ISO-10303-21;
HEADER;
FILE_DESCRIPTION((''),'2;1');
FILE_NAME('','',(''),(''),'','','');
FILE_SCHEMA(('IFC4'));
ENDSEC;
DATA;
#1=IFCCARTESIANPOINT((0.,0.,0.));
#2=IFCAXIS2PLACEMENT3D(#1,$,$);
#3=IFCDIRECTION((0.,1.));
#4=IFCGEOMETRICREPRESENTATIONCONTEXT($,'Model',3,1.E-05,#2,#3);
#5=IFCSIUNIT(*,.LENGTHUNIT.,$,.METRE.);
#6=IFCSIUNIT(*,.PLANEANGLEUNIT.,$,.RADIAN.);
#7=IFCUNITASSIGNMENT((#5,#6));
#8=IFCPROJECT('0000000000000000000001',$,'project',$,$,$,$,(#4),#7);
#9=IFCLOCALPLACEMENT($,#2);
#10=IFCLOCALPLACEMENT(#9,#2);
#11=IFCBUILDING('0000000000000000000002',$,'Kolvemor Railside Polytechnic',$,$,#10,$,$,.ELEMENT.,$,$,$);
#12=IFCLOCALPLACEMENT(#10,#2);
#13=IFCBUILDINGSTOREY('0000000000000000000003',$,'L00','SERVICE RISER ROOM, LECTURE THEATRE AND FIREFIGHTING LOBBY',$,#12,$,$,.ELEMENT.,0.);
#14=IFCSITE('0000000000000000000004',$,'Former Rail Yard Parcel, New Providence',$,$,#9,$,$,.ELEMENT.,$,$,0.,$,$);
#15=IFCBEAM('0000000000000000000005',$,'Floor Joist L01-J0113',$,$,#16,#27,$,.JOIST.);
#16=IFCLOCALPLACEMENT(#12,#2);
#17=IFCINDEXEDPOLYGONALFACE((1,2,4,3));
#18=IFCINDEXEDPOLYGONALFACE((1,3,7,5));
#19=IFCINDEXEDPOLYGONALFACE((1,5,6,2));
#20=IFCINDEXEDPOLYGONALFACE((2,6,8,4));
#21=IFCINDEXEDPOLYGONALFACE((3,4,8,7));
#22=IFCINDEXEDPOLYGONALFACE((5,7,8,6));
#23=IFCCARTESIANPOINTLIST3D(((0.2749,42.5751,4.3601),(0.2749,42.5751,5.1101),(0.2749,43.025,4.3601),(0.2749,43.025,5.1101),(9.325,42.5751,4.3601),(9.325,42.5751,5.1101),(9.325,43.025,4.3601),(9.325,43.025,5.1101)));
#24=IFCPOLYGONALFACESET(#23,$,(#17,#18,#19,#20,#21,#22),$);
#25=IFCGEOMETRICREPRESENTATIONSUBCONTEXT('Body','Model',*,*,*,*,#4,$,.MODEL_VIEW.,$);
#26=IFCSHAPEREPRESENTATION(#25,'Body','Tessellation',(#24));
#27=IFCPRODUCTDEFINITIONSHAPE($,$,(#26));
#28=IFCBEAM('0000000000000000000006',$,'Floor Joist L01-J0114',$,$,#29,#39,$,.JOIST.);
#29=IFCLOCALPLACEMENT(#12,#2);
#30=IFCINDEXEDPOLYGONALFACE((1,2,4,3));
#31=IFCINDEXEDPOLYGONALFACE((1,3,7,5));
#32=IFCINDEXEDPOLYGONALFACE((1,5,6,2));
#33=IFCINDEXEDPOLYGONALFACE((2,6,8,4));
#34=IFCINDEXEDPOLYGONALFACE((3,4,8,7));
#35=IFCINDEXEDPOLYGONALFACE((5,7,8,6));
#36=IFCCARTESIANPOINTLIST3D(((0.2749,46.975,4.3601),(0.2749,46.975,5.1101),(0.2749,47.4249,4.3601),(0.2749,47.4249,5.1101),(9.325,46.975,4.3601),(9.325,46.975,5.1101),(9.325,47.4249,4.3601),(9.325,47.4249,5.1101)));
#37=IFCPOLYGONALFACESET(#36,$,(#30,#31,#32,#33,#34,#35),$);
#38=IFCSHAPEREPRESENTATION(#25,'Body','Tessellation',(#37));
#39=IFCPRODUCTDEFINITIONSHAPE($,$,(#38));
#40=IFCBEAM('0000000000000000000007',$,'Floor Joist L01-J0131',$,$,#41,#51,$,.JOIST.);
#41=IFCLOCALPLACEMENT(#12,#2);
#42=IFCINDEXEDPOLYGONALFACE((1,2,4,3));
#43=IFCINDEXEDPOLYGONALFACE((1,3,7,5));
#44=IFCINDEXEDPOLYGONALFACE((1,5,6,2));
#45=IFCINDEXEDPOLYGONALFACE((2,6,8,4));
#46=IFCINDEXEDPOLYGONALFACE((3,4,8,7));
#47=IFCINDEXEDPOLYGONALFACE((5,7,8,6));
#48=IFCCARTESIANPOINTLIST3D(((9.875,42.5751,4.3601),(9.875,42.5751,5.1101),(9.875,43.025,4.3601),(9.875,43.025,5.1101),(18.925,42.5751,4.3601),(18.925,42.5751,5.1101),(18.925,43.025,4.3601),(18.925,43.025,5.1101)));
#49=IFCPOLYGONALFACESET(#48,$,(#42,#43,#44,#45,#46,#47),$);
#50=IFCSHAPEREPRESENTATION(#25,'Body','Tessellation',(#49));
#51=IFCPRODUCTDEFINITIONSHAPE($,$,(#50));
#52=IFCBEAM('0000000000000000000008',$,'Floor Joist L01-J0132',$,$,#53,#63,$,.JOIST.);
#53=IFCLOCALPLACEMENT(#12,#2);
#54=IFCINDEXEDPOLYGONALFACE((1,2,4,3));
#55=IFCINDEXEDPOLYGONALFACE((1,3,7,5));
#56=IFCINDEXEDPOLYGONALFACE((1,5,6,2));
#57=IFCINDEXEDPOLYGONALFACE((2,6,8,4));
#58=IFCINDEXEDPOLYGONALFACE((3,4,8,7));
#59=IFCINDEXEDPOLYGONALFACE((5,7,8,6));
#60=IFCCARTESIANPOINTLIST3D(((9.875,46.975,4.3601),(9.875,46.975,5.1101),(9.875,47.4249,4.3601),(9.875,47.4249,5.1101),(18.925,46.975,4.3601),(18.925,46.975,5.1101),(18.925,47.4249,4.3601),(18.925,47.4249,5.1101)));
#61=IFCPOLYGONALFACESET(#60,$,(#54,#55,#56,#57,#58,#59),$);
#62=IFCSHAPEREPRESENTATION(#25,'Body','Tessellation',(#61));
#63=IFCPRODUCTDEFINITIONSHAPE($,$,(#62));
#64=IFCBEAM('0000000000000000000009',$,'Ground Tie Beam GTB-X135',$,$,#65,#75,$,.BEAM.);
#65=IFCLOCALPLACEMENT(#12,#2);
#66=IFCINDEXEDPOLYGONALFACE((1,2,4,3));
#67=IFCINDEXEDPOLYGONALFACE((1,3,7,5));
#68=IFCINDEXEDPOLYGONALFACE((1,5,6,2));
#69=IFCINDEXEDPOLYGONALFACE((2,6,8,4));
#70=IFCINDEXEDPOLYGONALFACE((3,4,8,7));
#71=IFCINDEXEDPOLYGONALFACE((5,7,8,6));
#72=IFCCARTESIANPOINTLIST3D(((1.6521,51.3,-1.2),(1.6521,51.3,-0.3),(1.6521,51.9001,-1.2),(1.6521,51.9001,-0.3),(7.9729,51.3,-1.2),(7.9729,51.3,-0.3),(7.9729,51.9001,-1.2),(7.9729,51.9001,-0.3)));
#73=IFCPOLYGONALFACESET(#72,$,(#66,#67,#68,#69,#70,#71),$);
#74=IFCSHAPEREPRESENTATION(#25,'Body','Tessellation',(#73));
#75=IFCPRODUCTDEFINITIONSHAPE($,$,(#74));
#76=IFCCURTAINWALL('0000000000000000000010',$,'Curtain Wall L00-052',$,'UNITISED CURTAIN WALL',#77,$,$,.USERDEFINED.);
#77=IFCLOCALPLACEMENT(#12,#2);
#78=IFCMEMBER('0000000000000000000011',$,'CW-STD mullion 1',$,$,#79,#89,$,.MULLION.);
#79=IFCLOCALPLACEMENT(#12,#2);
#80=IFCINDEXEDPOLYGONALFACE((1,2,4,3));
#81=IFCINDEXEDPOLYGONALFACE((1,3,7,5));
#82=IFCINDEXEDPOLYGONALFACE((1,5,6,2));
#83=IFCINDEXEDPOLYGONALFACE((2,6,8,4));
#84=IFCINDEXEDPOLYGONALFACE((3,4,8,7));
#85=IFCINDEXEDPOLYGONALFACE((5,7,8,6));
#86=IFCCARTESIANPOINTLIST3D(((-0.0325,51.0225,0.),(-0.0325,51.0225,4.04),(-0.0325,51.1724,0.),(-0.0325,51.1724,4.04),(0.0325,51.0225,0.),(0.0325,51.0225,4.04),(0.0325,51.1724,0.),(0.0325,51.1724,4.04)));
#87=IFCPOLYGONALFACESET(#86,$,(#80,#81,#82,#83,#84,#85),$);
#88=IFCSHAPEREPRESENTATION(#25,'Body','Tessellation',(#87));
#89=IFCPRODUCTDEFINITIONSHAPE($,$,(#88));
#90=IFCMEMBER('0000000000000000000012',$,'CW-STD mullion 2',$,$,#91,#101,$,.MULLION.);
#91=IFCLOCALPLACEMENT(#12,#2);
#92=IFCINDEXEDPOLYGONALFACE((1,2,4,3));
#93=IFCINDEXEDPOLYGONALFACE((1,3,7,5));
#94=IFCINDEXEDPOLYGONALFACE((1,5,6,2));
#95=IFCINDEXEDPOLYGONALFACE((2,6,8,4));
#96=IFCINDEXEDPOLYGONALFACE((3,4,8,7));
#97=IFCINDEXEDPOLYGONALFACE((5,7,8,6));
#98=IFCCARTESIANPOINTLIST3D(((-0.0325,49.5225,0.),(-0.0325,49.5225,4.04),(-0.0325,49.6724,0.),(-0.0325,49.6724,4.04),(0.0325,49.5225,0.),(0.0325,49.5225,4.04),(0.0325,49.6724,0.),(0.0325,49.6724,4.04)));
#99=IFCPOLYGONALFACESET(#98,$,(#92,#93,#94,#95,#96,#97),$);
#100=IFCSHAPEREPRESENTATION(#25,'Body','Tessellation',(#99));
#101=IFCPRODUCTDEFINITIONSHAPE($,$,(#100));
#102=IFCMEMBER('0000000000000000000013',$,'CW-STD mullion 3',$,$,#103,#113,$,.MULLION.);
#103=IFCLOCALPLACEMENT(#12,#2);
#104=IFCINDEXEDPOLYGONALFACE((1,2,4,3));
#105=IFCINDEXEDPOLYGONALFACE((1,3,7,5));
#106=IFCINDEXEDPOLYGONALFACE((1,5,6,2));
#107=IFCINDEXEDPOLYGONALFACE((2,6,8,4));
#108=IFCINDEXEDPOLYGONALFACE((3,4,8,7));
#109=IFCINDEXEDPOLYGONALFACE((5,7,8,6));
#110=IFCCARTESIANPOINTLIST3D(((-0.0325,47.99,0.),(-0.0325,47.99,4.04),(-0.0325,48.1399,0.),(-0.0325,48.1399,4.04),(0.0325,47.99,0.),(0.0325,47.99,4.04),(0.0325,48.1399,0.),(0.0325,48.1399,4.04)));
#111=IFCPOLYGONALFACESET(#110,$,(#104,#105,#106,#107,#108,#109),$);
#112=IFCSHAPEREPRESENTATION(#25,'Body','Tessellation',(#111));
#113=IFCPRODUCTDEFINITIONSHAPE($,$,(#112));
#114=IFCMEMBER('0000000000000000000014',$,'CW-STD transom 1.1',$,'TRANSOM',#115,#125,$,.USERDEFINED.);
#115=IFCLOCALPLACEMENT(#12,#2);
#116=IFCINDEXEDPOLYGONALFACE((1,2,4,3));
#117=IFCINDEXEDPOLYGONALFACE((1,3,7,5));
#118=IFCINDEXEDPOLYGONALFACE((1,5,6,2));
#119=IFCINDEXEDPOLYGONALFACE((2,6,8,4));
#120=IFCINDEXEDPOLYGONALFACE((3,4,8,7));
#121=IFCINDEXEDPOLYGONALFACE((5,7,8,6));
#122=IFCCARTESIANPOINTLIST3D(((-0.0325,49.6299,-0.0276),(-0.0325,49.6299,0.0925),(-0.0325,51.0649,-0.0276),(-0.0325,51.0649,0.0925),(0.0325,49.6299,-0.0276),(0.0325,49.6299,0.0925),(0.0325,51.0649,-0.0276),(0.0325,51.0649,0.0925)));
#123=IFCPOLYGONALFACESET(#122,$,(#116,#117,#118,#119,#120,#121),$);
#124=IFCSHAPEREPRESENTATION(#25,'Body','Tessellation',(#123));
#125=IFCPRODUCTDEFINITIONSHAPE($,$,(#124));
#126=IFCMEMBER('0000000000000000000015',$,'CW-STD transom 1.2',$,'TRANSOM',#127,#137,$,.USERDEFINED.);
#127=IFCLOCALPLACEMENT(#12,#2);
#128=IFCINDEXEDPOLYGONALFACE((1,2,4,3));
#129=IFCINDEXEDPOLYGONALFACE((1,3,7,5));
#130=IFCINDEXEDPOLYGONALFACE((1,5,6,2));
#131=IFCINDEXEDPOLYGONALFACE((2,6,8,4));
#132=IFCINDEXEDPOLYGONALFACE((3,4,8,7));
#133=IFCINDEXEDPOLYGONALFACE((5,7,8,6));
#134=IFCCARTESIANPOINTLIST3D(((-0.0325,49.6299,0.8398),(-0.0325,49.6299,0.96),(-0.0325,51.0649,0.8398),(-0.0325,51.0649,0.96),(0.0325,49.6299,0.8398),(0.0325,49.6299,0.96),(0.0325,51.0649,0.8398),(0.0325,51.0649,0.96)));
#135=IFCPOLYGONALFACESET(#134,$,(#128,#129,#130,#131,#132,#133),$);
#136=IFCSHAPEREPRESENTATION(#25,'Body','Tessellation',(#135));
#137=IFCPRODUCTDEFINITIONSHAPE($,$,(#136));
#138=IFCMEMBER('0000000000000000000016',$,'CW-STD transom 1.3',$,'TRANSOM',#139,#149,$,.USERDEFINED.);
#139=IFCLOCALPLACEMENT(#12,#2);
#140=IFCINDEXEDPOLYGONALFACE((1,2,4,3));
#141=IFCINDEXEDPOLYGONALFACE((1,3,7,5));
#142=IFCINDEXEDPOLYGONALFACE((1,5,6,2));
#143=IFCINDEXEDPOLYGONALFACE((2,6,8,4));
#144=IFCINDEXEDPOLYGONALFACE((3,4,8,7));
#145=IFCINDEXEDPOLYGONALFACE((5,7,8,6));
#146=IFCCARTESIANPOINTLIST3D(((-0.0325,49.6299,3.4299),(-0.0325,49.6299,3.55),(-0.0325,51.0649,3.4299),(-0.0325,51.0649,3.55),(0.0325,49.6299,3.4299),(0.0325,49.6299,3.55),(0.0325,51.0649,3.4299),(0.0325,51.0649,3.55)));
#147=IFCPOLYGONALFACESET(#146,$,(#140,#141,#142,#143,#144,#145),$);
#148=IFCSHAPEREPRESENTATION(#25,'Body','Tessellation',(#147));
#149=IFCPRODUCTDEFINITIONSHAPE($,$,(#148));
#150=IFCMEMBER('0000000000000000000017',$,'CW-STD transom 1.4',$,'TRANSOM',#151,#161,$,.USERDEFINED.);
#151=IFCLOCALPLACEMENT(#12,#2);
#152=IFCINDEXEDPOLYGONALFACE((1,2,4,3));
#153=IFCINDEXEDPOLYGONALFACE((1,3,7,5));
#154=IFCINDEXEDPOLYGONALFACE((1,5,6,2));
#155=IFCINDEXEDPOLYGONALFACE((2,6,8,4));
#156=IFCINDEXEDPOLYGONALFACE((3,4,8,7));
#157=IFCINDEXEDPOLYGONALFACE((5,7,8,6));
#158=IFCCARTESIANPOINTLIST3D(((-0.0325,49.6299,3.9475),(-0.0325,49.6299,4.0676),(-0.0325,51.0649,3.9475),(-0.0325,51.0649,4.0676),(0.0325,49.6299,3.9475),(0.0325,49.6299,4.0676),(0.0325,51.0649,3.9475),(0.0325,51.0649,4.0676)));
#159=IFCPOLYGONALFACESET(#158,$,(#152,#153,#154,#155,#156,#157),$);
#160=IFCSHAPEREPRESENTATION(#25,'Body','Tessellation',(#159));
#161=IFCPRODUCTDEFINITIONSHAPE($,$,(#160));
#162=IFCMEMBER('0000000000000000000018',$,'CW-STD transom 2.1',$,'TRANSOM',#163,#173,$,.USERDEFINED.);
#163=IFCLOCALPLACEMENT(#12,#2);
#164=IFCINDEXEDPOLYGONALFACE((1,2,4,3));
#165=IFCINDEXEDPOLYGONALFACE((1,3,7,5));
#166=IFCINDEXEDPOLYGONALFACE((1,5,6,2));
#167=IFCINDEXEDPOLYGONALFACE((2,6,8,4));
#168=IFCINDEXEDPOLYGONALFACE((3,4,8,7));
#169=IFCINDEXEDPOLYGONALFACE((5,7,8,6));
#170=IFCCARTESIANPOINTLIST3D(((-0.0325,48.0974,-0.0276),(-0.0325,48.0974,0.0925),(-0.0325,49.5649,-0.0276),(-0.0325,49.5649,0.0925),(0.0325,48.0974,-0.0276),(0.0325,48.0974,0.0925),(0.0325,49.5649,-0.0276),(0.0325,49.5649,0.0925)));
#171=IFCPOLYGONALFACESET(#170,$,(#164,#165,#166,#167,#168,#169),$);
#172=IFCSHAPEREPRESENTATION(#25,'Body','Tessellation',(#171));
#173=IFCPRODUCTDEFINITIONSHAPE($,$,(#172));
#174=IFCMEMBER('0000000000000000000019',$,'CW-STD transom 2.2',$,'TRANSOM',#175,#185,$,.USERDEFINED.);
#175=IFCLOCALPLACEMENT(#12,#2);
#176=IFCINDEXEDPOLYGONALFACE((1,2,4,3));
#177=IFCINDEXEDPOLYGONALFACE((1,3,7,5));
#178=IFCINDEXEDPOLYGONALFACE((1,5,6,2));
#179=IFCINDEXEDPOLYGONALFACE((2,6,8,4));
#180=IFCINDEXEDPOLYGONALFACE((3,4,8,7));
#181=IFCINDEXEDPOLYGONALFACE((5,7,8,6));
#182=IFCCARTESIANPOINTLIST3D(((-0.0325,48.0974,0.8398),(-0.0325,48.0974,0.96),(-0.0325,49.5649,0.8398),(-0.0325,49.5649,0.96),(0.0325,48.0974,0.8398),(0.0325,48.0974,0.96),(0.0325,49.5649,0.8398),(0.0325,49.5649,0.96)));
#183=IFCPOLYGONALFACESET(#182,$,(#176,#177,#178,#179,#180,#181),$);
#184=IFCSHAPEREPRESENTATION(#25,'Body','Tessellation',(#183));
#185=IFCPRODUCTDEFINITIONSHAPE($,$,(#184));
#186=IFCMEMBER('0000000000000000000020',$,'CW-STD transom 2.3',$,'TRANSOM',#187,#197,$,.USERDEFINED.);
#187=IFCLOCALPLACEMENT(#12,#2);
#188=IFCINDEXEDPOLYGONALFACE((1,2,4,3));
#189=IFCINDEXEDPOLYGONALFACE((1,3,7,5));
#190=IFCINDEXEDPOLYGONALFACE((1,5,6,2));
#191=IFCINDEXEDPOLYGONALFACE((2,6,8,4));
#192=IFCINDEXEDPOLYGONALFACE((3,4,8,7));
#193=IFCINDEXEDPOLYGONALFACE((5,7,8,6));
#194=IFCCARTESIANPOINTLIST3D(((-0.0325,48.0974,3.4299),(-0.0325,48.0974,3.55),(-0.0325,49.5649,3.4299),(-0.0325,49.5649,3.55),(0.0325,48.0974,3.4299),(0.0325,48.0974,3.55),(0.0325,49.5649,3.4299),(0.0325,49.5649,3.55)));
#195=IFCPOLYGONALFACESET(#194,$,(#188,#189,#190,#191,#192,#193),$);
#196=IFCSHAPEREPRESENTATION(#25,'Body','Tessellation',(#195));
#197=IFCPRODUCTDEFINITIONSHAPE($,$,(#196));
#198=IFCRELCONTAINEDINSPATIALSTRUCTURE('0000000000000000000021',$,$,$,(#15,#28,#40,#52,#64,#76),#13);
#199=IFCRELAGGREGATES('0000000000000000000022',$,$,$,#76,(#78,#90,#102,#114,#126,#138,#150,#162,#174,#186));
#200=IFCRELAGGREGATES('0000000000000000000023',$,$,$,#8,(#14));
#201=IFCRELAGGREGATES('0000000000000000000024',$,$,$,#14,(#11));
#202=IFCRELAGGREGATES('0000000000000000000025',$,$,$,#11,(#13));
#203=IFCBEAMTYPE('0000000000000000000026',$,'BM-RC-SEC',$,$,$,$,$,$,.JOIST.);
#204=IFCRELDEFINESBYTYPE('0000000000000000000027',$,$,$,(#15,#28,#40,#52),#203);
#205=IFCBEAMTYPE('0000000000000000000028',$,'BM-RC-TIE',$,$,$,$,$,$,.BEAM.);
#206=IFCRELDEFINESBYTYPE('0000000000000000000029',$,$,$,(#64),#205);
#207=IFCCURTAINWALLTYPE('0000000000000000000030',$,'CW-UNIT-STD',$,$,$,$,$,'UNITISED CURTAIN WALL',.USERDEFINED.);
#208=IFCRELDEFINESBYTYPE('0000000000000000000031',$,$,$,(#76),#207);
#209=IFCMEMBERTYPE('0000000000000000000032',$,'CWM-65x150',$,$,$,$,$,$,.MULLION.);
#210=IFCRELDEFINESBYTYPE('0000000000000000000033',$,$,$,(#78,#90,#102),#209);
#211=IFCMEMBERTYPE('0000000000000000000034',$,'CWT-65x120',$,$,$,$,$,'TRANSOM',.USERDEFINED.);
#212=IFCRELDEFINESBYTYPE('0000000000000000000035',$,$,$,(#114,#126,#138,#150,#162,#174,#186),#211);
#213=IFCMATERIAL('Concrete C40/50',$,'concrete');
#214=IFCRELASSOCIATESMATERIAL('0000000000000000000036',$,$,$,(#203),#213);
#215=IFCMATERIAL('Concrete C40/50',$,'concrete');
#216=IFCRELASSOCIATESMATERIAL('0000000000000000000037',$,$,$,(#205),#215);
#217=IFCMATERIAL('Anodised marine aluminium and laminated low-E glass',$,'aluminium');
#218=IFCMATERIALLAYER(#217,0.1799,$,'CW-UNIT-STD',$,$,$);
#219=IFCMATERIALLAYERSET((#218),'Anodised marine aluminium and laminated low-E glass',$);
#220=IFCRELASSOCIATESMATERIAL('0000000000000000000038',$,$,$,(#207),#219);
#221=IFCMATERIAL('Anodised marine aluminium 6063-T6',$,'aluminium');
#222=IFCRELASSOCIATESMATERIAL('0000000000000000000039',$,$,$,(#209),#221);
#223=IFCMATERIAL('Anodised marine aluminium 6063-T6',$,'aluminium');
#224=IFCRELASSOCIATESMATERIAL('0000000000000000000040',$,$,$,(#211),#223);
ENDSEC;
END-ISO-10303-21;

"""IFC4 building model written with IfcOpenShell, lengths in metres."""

from ifc_helpers import new_model, si_unit, direction, frame, origin, origin_2d, place, context, subcontext, project, spatial, rectangle, extrude, material, layer, layer_set, material_profile, profile_set, type_object, element, aggregate, save


model = new_model("IFC4")

# Units and contexts
model_context = context("Model", 3, precision=1e-05, world=origin(), true_north=direction((0.0, 1.0)))
body_context = subcontext(model_context, "Body", "Model", "MODEL_VIEW")
ifc_project = project(units=[si_unit("LENGTHUNIT", "METRE"), si_unit("PLANEANGLEUNIT", "RADIAN")], contexts=[model_context])

# Site, building, storey
site_placement = place(None, origin())
site = spatial("IfcSite", under=ifc_project, at=site_placement, Name="Former Rail Yard Parcel, New Providence", CompositionType="ELEMENT", RefElevation=0.0)
building_placement = place(site_placement, origin())
building = spatial("IfcBuilding", under=site, at=building_placement, Name="Kolvemor Railside Polytechnic", CompositionType="ELEMENT")
storey_placement = place(building_placement, origin())
storey = spatial("IfcBuildingStorey", under=building, at=storey_placement, Name="L00", Description="SERVICE RISER ROOM, LECTURE THEATRE AND FIREFIGHTING LOBBY", CompositionType="ELEMENT", Elevation=0.0)

# Beams
ifc_material_1 = material(Name="Concrete C40/50", Category="concrete")
ifc_material_profile_1 = material_profile(ifc_material_1, rectangle(XDim=0.45, YDim=0.75, at=origin_2d()), Name="RC450x750")
ifc_profile_set_1 = profile_set([ifc_material_profile_1], Name="Concrete C40/50")
beam_type_1 = type_object("IfcBeamType", Name="BM-RC-SEC", PredefinedType="JOIST", material=ifc_profile_set_1)
for number, where, z_axis, x_axis, name in (
    (1, (0.2749, 42.8, 4.7351), (1.0, 0.0, 0.0), (0.0, 1.0, 0.0), "Floor Joist L01-J0113"),
    (2, (0.2749, 47.2, 4.7351), (1.0, 0.0, 0.0), (0.0, 1.0, 0.0), "Floor Joist L01-J0114"),
    (3, (9.875, 42.8, 4.7351), (1.0, 0.0, 0.0), (0.0, 1.0, 0.0), "Floor Joist L01-J0131"),
    (4, (9.875, 47.2, 4.7351), (1.0, 0.0, 0.0), (0.0, 1.0, 0.0), "Floor Joist L01-J0132"),
):
    element("IfcBeam", number, at=place(storey_placement, frame(where, z_axis=z_axis, x_axis=x_axis)), inside=storey, type_object=beam_type_1, Name=name, PredefinedType="JOIST", context=body_context, shape_type="SweptSolid", body=[
        extrude(rectangle(XDim=0.45, YDim=0.75, at=origin_2d()), origin(), (0.0, 0.0, 1.0), 9.05),
    ])
ifc_material_2 = material(Name="Concrete C40/50", Category="concrete")
ifc_material_profile_2 = material_profile(ifc_material_2, rectangle(XDim=0.6001, YDim=0.8999, at=origin_2d()), Name="RC600x900")
ifc_profile_set_2 = profile_set([ifc_material_profile_2], Name="Concrete C40/50")
beam_type_2 = type_object("IfcBeamType", Name="BM-RC-TIE", PredefinedType="BEAM", material=ifc_profile_set_2)
beam_1_placement = place(storey_placement, frame((1.6521, 51.6001, -0.75), z_axis=(1.0, 0.0, 0.0), x_axis=(0.0, 1.0, 0.0)))
element("IfcBeam", 5, at=beam_1_placement, inside=storey, type_object=beam_type_2, Name="Ground Tie Beam GTB-X135", PredefinedType="BEAM", context=body_context, shape_type="SweptSolid", body=[
    extrude(rectangle(XDim=0.6001, YDim=0.8999, at=origin_2d()), origin(), (0.0, 0.0, 1.0), 6.3208),
])

# Curtain wall, members
ifc_material_3 = material(Name="Anodised marine aluminium and laminated low-E glass", Category="aluminium")
ifc_layer_1 = layer(ifc_material_3, 0.1799, Name="CW-UNIT-STD")
ifc_layer_set_1 = layer_set([ifc_layer_1], Name="Anodised marine aluminium and laminated low-E glass")
curtain_wall_type = type_object("IfcCurtainWallType", Name="CW-UNIT-STD", ElementType="UNITISED CURTAIN WALL", PredefinedType="USERDEFINED", material=ifc_layer_set_1)
curtain_wall_placement = place(storey_placement, origin())
curtain_wall = element("IfcCurtainWall", 6, at=curtain_wall_placement, inside=storey, type_object=curtain_wall_type, Name="Curtain Wall L00-052", ObjectType="UNITISED CURTAIN WALL", PredefinedType="USERDEFINED")
ifc_material_4 = material(Name="Anodised marine aluminium 6063-T6", Category="aluminium")
ifc_material_profile_3 = material_profile(ifc_material_4, rectangle(XDim=0.0649, YDim=0.1499, at=origin_2d()), Name="CW-MUL-65x150")
ifc_profile_set_3 = profile_set([ifc_material_profile_3], Name="Anodised marine aluminium 6063-T6")
member_type_1 = type_object("IfcMemberType", Name="CWM-65x150", PredefinedType="MULLION", material=ifc_profile_set_3)
member_1_placement = place(storey_placement, frame((0.0, 51.0974, 0.0), z_axis=(0.0, 0.0, 1.0), x_axis=(1.0, 0.0, 0.0)))
member_1 = element("IfcMember", 7, at=member_1_placement, type_object=member_type_1, Name="CW-STD mullion 1", PredefinedType="MULLION", context=body_context, shape_type="SweptSolid", body=[
    extrude(rectangle(XDim=0.0649, YDim=0.1499, at=origin_2d()), origin(), (0.0, 0.0, 1.0), 4.04),
])
member_2_placement = place(storey_placement, frame((0.0, 49.5974, 0.0), z_axis=(0.0, 0.0, 1.0), x_axis=(1.0, 0.0, 0.0)))
member_2 = element("IfcMember", 8, at=member_2_placement, type_object=member_type_1, Name="CW-STD mullion 2", PredefinedType="MULLION", context=body_context, shape_type="SweptSolid", body=[
    extrude(rectangle(XDim=0.0649, YDim=0.1499, at=origin_2d()), origin(), (0.0, 0.0, 1.0), 4.04),
])
member_3_placement = place(storey_placement, frame((0.0, 48.0649, 0.0), z_axis=(0.0, 0.0, 1.0), x_axis=(1.0, 0.0, 0.0)))
member_3 = element("IfcMember", 9, at=member_3_placement, type_object=member_type_1, Name="CW-STD mullion 3", PredefinedType="MULLION", context=body_context, shape_type="SweptSolid", body=[
    extrude(rectangle(XDim=0.0649, YDim=0.1499, at=origin_2d()), origin(), (0.0, 0.0, 1.0), 4.04),
])
ifc_material_5 = material(Name="Anodised marine aluminium 6063-T6", Category="aluminium")
ifc_material_profile_4 = material_profile(ifc_material_5, rectangle(XDim=0.0649, YDim=0.1201, at=origin_2d()), Name="CW-TRN-65x120")
ifc_profile_set_4 = profile_set([ifc_material_profile_4], Name="Anodised marine aluminium 6063-T6")
member_type_2 = type_object("IfcMemberType", Name="CWT-65x120", ElementType="TRANSOM", PredefinedType="USERDEFINED", material=ifc_profile_set_4)
member_4_placement = place(storey_placement, frame((0.0, 51.0649, 0.0325), z_axis=(0.0, -1.0, 0.0), x_axis=(1.0, 0.0, 0.0)))
member_4 = element("IfcMember", 10, at=member_4_placement, type_object=member_type_2, Name="CW-STD transom 1.1", ObjectType="TRANSOM", PredefinedType="USERDEFINED", context=body_context, shape_type="SweptSolid", body=[
    extrude(rectangle(XDim=0.0649, YDim=0.1201, at=origin_2d()), origin(), (0.0, 0.0, 1.0), 1.4351),
])
member_5_placement = place(storey_placement, frame((0.0, 51.0649, 0.8999), z_axis=(0.0, -1.0, 0.0), x_axis=(1.0, 0.0, 0.0)))
member_5 = element("IfcMember", 11, at=member_5_placement, type_object=member_type_2, Name="CW-STD transom 1.2", ObjectType="TRANSOM", PredefinedType="USERDEFINED", context=body_context, shape_type="SweptSolid", body=[
    extrude(rectangle(XDim=0.0649, YDim=0.1201, at=origin_2d()), origin(), (0.0, 0.0, 1.0), 1.4351),
])
member_6_placement = place(storey_placement, frame((0.0, 51.0649, 3.49), z_axis=(0.0, -1.0, 0.0), x_axis=(1.0, 0.0, 0.0)))
member_6 = element("IfcMember", 12, at=member_6_placement, type_object=member_type_2, Name="CW-STD transom 1.3", ObjectType="TRANSOM", PredefinedType="USERDEFINED", context=body_context, shape_type="SweptSolid", body=[
    extrude(rectangle(XDim=0.0649, YDim=0.1201, at=origin_2d()), origin(), (0.0, 0.0, 1.0), 1.4351),
])
member_7_placement = place(storey_placement, frame((0.0, 51.0649, 4.0076), z_axis=(0.0, -1.0, 0.0), x_axis=(1.0, 0.0, 0.0)))
member_7 = element("IfcMember", 13, at=member_7_placement, type_object=member_type_2, Name="CW-STD transom 1.4", ObjectType="TRANSOM", PredefinedType="USERDEFINED", context=body_context, shape_type="SweptSolid", body=[
    extrude(rectangle(XDim=0.0649, YDim=0.1201, at=origin_2d()), origin(), (0.0, 0.0, 1.0), 1.4351),
])
member_8_placement = place(storey_placement, frame((0.0, 49.5649, 0.0325), z_axis=(0.0, -1.0, 0.0), x_axis=(1.0, 0.0, 0.0)))
member_8 = element("IfcMember", 14, at=member_8_placement, type_object=member_type_2, Name="CW-STD transom 2.1", ObjectType="TRANSOM", PredefinedType="USERDEFINED", context=body_context, shape_type="SweptSolid", body=[
    extrude(rectangle(XDim=0.0649, YDim=0.1201, at=origin_2d()), origin(), (0.0, 0.0, 1.0), 1.4675),
])
member_9_placement = place(storey_placement, frame((0.0, 49.5649, 0.8999), z_axis=(0.0, -1.0, 0.0), x_axis=(1.0, 0.0, 0.0)))
member_9 = element("IfcMember", 15, at=member_9_placement, type_object=member_type_2, Name="CW-STD transom 2.2", ObjectType="TRANSOM", PredefinedType="USERDEFINED", context=body_context, shape_type="SweptSolid", body=[
    extrude(rectangle(XDim=0.0649, YDim=0.1201, at=origin_2d()), origin(), (0.0, 0.0, 1.0), 1.4675),
])
member_10_placement = place(storey_placement, frame((0.0, 49.5649, 3.49), z_axis=(0.0, -1.0, 0.0), x_axis=(1.0, 0.0, 0.0)))
member_10 = element("IfcMember", 16, at=member_10_placement, type_object=member_type_2, Name="CW-STD transom 2.3", ObjectType="TRANSOM", PredefinedType="USERDEFINED", context=body_context, shape_type="SweptSolid", body=[
    extrude(rectangle(XDim=0.0649, YDim=0.1201, at=origin_2d()), origin(), (0.0, 0.0, 1.0), 1.4675),
])
aggregate(curtain_wall, [member_1, member_2, member_3, member_4, member_5, member_6, member_7, member_8, member_9, member_10])

save(model, "model.ifc")
